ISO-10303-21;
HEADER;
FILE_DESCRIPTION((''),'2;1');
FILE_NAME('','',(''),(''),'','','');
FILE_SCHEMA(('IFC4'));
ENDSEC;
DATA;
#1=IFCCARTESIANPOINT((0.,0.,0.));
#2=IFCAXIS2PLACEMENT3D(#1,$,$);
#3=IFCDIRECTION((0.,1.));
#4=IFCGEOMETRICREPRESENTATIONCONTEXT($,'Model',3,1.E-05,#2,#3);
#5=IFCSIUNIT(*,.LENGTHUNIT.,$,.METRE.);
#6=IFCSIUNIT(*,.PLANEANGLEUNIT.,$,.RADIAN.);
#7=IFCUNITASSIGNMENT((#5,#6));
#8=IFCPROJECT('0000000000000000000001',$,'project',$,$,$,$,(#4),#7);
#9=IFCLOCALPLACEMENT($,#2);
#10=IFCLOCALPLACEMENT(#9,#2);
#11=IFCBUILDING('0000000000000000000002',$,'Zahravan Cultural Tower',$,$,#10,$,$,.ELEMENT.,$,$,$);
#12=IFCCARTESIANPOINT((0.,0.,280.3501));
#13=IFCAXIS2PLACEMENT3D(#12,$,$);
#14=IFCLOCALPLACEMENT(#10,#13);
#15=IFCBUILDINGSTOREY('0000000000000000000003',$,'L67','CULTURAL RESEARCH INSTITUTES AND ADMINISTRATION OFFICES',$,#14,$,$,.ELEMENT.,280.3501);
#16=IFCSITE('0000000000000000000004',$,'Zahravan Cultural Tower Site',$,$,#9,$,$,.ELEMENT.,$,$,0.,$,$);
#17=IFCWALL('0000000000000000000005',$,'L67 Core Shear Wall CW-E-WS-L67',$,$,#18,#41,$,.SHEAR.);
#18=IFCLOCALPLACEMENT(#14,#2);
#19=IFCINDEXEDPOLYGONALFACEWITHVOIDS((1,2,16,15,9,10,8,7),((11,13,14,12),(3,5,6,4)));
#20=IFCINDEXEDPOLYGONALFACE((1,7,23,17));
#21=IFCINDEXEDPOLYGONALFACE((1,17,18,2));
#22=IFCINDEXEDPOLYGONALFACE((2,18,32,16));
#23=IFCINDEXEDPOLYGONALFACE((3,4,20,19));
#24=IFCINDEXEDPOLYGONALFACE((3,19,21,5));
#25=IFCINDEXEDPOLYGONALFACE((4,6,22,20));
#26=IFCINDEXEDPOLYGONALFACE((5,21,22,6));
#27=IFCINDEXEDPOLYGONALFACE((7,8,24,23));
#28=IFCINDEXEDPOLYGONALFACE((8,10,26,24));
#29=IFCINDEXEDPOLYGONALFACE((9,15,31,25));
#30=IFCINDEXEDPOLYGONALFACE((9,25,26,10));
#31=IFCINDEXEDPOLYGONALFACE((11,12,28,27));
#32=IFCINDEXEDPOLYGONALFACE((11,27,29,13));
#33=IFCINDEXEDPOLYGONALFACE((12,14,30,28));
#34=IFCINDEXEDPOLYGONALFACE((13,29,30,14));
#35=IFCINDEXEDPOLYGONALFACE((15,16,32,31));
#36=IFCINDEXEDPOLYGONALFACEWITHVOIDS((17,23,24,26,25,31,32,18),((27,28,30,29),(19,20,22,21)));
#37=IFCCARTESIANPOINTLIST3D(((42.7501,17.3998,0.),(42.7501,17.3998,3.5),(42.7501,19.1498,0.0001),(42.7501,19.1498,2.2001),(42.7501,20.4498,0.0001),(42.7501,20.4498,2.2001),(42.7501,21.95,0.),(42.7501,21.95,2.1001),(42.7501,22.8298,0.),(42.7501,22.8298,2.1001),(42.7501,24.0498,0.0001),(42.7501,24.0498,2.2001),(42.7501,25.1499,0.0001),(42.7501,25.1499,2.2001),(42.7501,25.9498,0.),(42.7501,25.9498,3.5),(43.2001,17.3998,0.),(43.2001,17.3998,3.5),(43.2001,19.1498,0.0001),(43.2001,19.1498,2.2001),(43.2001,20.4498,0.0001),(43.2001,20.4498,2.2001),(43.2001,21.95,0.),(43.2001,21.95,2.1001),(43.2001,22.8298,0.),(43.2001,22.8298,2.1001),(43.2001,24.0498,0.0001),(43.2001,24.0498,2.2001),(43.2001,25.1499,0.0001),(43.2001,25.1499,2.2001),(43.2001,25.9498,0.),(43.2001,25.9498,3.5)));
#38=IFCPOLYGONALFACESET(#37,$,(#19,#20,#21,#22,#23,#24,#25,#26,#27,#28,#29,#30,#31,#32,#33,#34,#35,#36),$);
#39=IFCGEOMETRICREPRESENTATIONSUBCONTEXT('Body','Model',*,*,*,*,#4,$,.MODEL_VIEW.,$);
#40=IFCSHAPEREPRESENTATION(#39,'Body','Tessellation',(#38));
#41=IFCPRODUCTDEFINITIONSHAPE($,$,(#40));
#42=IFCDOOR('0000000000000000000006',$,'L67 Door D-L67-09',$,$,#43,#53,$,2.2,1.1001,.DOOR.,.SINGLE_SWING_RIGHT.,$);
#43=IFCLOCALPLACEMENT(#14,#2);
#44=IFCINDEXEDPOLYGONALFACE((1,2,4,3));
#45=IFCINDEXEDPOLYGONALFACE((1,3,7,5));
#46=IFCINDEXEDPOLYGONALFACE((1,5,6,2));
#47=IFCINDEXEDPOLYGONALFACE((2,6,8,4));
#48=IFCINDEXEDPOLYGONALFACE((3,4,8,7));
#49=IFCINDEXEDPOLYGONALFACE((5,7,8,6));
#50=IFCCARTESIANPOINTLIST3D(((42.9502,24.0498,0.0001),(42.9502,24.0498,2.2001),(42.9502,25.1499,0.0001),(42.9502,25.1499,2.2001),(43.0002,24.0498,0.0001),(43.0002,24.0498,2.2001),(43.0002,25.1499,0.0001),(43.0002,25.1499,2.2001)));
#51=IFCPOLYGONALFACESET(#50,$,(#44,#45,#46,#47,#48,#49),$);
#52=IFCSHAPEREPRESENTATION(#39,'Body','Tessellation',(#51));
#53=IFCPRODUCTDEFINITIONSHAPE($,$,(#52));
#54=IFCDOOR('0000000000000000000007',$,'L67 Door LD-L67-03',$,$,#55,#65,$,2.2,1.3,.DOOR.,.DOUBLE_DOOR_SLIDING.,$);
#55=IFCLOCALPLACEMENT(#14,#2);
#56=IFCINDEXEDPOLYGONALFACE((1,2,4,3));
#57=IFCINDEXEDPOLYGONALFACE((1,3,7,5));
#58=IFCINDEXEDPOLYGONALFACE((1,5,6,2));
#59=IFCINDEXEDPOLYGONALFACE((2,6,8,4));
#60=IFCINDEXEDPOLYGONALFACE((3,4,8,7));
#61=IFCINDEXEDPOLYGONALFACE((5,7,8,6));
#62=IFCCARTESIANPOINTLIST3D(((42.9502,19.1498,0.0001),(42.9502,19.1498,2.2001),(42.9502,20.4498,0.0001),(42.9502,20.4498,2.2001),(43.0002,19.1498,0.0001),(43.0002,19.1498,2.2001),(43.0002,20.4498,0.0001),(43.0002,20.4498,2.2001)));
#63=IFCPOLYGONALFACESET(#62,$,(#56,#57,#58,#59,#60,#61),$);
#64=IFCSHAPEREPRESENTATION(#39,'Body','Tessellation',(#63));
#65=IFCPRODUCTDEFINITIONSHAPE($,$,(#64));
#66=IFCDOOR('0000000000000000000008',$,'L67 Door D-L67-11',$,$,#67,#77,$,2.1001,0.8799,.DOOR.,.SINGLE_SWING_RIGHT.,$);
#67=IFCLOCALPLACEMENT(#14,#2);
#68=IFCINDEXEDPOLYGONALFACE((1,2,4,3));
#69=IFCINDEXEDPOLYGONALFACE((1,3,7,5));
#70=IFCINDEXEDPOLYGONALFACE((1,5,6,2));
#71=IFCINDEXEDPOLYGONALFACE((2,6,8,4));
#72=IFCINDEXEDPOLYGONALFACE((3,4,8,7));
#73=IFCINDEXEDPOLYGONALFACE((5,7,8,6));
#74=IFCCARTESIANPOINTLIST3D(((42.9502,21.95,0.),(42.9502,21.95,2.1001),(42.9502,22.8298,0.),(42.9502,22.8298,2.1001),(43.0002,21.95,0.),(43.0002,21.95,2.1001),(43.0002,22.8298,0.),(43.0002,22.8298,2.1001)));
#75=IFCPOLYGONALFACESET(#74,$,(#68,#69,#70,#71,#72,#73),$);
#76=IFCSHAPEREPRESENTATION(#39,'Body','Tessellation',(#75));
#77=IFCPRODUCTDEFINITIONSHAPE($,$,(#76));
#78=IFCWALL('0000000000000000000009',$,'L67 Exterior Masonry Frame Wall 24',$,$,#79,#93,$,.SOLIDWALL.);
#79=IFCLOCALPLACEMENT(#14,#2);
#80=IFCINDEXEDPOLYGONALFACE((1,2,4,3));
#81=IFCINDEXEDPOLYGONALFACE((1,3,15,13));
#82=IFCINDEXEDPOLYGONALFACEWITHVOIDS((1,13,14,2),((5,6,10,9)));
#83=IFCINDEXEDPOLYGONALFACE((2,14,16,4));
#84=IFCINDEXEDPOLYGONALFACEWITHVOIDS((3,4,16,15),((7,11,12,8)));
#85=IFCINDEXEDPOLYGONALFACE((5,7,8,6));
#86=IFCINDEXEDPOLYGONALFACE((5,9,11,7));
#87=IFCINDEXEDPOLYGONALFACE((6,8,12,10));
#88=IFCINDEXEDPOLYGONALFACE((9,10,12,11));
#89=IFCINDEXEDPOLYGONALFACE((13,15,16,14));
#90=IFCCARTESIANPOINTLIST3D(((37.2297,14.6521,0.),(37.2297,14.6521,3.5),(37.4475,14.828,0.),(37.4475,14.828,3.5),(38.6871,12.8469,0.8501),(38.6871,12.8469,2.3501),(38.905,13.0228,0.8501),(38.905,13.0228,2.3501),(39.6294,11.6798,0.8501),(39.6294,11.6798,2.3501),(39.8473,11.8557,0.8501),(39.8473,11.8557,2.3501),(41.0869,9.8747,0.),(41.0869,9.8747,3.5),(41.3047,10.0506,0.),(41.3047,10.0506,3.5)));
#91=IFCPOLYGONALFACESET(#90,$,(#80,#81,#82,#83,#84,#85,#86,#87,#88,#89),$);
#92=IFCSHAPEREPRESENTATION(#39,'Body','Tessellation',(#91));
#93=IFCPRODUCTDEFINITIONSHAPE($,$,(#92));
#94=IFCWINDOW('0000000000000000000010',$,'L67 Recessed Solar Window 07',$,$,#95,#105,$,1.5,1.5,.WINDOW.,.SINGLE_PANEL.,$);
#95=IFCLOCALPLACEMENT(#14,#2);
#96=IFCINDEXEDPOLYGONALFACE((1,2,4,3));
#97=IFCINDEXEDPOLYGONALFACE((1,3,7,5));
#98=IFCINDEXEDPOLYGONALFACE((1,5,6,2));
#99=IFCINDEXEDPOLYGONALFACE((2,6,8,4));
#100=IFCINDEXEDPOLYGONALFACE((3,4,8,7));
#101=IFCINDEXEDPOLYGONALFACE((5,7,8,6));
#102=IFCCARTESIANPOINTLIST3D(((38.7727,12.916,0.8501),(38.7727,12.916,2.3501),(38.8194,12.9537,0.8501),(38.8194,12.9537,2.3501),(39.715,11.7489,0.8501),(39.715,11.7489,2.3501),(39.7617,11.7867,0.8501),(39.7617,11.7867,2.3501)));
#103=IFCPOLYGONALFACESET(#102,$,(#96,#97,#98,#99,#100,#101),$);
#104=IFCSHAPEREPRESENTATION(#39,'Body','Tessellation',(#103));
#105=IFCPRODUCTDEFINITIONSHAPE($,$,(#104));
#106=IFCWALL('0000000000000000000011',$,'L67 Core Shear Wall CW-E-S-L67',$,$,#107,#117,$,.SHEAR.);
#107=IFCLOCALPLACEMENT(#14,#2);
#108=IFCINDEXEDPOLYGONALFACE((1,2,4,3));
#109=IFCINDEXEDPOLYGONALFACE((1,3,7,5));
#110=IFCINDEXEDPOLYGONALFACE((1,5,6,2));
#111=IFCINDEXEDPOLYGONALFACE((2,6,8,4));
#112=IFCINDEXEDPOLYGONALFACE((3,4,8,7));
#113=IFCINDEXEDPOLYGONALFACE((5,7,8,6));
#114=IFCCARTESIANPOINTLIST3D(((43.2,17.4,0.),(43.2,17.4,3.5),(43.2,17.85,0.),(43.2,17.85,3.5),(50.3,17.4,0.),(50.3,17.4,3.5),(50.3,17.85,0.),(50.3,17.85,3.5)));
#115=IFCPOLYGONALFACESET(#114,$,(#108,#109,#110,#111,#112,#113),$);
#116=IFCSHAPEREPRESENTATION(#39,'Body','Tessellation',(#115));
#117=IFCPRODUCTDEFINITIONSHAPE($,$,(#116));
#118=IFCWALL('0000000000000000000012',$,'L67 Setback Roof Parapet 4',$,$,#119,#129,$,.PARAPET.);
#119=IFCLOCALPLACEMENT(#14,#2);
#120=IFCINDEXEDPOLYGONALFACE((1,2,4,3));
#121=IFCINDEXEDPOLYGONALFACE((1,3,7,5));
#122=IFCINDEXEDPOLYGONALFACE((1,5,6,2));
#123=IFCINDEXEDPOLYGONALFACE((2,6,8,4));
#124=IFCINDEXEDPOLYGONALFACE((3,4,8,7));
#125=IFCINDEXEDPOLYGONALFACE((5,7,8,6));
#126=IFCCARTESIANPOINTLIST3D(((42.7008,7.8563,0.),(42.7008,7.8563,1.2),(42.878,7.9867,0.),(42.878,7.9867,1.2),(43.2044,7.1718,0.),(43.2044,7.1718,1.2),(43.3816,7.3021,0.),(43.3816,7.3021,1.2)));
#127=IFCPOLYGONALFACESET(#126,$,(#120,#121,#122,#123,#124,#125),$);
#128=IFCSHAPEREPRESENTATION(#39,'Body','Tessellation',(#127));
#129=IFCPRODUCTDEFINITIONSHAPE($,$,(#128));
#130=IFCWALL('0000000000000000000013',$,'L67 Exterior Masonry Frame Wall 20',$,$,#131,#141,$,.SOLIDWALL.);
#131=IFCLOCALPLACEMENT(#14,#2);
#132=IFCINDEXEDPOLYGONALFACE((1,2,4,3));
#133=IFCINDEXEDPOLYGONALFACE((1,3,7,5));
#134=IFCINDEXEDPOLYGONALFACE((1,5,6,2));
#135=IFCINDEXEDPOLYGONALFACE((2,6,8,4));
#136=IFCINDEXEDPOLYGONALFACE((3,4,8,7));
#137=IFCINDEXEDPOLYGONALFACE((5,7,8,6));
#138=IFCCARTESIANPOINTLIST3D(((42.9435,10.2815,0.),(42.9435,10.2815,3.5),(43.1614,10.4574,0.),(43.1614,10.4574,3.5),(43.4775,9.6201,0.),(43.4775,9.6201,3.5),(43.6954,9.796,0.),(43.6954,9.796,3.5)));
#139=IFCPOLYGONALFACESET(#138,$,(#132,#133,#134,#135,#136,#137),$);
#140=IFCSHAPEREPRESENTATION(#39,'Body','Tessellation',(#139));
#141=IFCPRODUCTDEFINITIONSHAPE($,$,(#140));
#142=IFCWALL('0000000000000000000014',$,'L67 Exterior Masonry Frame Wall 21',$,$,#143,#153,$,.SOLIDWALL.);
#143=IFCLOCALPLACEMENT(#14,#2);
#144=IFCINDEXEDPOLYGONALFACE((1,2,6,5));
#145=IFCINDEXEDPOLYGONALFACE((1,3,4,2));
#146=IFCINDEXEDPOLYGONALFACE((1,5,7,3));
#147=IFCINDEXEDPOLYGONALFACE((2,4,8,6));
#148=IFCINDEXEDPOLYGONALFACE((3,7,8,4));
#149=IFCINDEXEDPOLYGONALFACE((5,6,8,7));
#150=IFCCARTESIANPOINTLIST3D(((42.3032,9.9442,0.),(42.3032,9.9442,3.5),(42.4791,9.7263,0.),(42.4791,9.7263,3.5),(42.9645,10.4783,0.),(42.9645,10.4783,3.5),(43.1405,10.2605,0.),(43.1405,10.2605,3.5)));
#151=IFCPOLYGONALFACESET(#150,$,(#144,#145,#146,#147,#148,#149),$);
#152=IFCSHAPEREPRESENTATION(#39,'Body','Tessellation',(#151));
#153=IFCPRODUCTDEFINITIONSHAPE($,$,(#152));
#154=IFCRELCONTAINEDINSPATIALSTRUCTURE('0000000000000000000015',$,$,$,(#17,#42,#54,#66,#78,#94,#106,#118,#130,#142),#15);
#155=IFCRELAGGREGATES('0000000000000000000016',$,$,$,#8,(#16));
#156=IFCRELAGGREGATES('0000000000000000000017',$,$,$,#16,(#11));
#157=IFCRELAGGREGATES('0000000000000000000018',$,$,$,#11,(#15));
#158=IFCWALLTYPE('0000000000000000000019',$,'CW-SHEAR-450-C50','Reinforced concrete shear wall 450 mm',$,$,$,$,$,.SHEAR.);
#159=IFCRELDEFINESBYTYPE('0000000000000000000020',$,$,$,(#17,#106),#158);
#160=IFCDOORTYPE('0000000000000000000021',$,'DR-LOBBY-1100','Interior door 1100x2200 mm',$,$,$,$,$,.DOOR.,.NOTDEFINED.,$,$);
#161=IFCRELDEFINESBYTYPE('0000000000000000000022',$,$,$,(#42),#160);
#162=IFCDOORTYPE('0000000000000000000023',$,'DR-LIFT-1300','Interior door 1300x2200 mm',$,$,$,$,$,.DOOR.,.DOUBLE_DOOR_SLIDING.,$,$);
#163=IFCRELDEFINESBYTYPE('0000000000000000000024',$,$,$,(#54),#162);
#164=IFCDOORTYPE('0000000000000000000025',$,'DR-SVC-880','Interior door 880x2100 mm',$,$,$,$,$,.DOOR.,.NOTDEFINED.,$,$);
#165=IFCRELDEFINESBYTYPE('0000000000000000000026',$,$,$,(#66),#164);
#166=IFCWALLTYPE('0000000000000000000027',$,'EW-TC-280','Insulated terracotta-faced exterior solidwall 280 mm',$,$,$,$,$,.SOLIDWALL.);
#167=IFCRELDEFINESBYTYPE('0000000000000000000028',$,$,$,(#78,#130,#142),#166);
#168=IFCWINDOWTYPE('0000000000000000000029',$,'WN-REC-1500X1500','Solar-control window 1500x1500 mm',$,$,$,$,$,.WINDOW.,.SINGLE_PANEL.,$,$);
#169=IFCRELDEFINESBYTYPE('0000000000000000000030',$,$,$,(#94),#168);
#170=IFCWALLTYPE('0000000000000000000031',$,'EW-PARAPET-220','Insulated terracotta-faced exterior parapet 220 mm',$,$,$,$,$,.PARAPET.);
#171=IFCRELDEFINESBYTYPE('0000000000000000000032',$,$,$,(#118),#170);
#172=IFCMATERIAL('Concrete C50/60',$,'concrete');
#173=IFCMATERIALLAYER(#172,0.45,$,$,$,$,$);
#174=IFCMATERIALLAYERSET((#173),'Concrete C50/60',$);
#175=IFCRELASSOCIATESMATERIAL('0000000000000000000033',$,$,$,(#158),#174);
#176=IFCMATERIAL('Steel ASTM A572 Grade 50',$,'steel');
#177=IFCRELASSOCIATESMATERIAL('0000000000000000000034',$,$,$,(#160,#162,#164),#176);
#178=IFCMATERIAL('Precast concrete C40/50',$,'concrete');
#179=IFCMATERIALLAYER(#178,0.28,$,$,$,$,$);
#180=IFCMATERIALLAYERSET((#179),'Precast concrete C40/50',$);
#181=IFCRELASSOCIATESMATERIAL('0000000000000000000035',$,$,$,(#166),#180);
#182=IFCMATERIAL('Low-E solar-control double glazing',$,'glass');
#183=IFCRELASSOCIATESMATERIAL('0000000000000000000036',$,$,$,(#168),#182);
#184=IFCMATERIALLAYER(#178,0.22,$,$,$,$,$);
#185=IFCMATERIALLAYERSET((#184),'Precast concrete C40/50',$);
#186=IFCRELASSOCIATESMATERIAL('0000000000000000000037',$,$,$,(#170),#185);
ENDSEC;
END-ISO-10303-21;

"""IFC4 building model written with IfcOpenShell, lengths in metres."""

from ifc_helpers import new_model, si_unit, direction, frame, frame_2d, origin, place, context, subcontext, project, spatial, rectangle, extrude, source, transform, mapped, material, layer, layer_set, type_object, element, fill, save


model = new_model("IFC4")

# Units and contexts
model_context = context("Model", 3, precision=1e-05, world=origin(), true_north=direction((0.0, 1.0)))
body_context = subcontext(model_context, "Body", "Model", "MODEL_VIEW")
ifc_project = project(units=[si_unit("LENGTHUNIT", "METRE"), si_unit("PLANEANGLEUNIT", "RADIAN")], contexts=[model_context])

# Site, building, storey
site_placement = place(None, origin())
site = spatial("IfcSite", under=ifc_project, at=site_placement, Name="Zahravan Cultural Tower Site", CompositionType="ELEMENT", RefElevation=0.0)
building_placement = place(site_placement, origin())
building = spatial("IfcBuilding", under=site, at=building_placement, Name="Zahravan Cultural Tower", CompositionType="ELEMENT")
storey_placement = place(building_placement, frame((0.0, 0.0, 280.3501)))
storey = spatial("IfcBuildingStorey", under=building, at=storey_placement, Name="L67", Description="CULTURAL RESEARCH INSTITUTES AND ADMINISTRATION OFFICES", CompositionType="ELEMENT", Elevation=280.3501)

# Shared definitions
ifc_material_1 = material(Name="Concrete C50/60", Category="concrete")

# Wall, openings, doors
ifc_layer_1 = layer(ifc_material_1, 0.45)
ifc_layer_set_1 = layer_set([ifc_layer_1], Name="Concrete C50/60")
wall_type_1 = type_object("IfcWallType", Name="CW-SHEAR-450-C50", Description="Reinforced concrete shear wall 450 mm", PredefinedType="SHEAR", material=ifc_layer_set_1)
wall_1_placement = place(storey_placement, frame((42.9751, 17.3999, 0.0), z_axis=(0.0, 0.0, 1.0), x_axis=(0.0, 1.0, 0.0)))
wall_1 = element("IfcWall", 1, at=wall_1_placement, inside=storey, type_object=wall_type_1, Name="L67 Core Shear Wall CW-E-WS-L67", PredefinedType="SHEAR", context=body_context, shape_type="SweptSolid", body=[
    extrude(rectangle(XDim=8.55, YDim=0.45, at=frame_2d((4.2749, 0.0))), origin(), (0.0, 0.0, 1.0), 3.5),
])
opening_1_placement = place(wall_1_placement, frame((6.6499, 0.0, 0.0)))
opening_1 = element("IfcOpeningElement", 2, at=opening_1_placement, cuts=wall_1, PredefinedType="OPENING", context=body_context, shape_type="SweptSolid", body=[
    extrude(rectangle(XDim=1.1001, YDim=2.2, at=frame_2d((0.55, 1.1001))), frame((0.0, 0.2349, 0.0), z_axis=(0.0, -1.0, 0.0), x_axis=(1.0, 0.0, 0.0)), (0.0, 0.0, 1.0), 0.47),
])
opening_2_placement = place(wall_1_placement, frame((1.75, 0.0, 0.0)))
opening_2 = element("IfcOpeningElement", 3, at=opening_2_placement, cuts=wall_1, PredefinedType="OPENING", context=body_context, shape_type="SweptSolid", body=[
    extrude(rectangle(XDim=1.3, YDim=2.2, at=frame_2d((0.6499, 1.1001))), frame((0.0, 0.2349, 0.0), z_axis=(0.0, -1.0, 0.0), x_axis=(1.0, 0.0, 0.0)), (0.0, 0.0, 1.0), 0.47),
])
opening_3_placement = place(wall_1_placement, frame((4.55, 0.0, 0.0)))
opening_3 = element("IfcOpeningElement", 4, at=opening_3_placement, cuts=wall_1, PredefinedType="OPENING", context=body_context, shape_type="SweptSolid", body=[
    extrude(rectangle(XDim=0.8799, YDim=2.1001, at=frame_2d((0.4399, 1.05))), frame((0.0, 0.2349, 0.0), z_axis=(0.0, -1.0, 0.0), x_axis=(1.0, 0.0, 0.0)), (0.0, 0.0, 1.0), 0.47),
])
ifc_material_2 = material(Name="Steel ASTM A572 Grade 50", Category="steel")
door_type_1 = type_object("IfcDoorType", Name="DR-LOBBY-1100", Description="Interior door 1100x2200 mm", OperationType="NOTDEFINED", PredefinedType="DOOR", material=ifc_material_2)
shared_shape_1 = source(origin(), body_context, "Body", "SweptSolid", [
    extrude(rectangle(XDim=1.1001, YDim=2.2, at=frame_2d((0.55, 1.1001))), frame((0.0, 0.0249, 0.0), z_axis=(0.0, -1.0, 0.0), x_axis=(1.0, 0.0, 0.0)), (0.0, 0.0, 1.0), 0.05),
])
door_1_placement = place(opening_1_placement, origin())
door_1 = element("IfcDoor", 5, at=door_1_placement, inside=storey, type_object=door_type_1, Name="L67 Door D-L67-09", OperationType="SINGLE_SWING_RIGHT", OverallHeight=2.2, OverallWidth=1.1001, PredefinedType="DOOR", context=body_context, shape_type="MappedRepresentation", body=[
    mapped(shared_shape_1, transform((0.0, 0.0, 0.0), x_axis=(1.0, 0.0, 0.0), y_axis=(0.0, 1.0, 0.0), z_axis=(0.0, 0.0, 1.0), scale=1.0)),
])
fill(opening_1, door_1)
door_type_2 = type_object("IfcDoorType", Name="DR-LIFT-1300", Description="Interior door 1300x2200 mm", OperationType="DOUBLE_DOOR_SLIDING", PredefinedType="DOOR", material=ifc_material_2)
shared_shape_2 = source(origin(), body_context, "Body", "SweptSolid", [
    extrude(rectangle(XDim=1.3, YDim=2.2, at=frame_2d((0.6499, 1.1001))), frame((0.0, 0.0249, 0.0), z_axis=(0.0, -1.0, 0.0), x_axis=(1.0, 0.0, 0.0)), (0.0, 0.0, 1.0), 0.05),
])
door_2_placement = place(opening_2_placement, origin())
door_2 = element("IfcDoor", 6, at=door_2_placement, inside=storey, type_object=door_type_2, Name="L67 Door LD-L67-03", OperationType="DOUBLE_DOOR_SLIDING", OverallHeight=2.2, OverallWidth=1.3, PredefinedType="DOOR", context=body_context, shape_type="MappedRepresentation", body=[
    mapped(shared_shape_2, transform((0.0, 0.0, 0.0), x_axis=(1.0, 0.0, 0.0), y_axis=(0.0, 1.0, 0.0), z_axis=(0.0, 0.0, 1.0), scale=1.0)),
])
fill(opening_2, door_2)
door_type_3 = type_object("IfcDoorType", Name="DR-SVC-880", Description="Interior door 880x2100 mm", OperationType="NOTDEFINED", PredefinedType="DOOR", material=ifc_material_2)
shared_shape_3 = source(origin(), body_context, "Body", "SweptSolid", [
    extrude(rectangle(XDim=0.8799, YDim=2.1001, at=frame_2d((0.4399, 1.05))), frame((0.0, 0.0249, 0.0), z_axis=(0.0, -1.0, 0.0), x_axis=(1.0, 0.0, 0.0)), (0.0, 0.0, 1.0), 0.05),
])
door_3_placement = place(opening_3_placement, origin())
door_3 = element("IfcDoor", 7, at=door_3_placement, inside=storey, type_object=door_type_3, Name="L67 Door D-L67-11", OperationType="SINGLE_SWING_RIGHT", OverallHeight=2.1001, OverallWidth=0.8799, PredefinedType="DOOR", context=body_context, shape_type="MappedRepresentation", body=[
    mapped(shared_shape_3, transform((0.0, 0.0, 0.0), x_axis=(1.0, 0.0, 0.0), y_axis=(0.0, 1.0, 0.0), z_axis=(0.0, 0.0, 1.0), scale=1.0)),
])
fill(opening_3, door_3)

# Wall, opening, window
ifc_material_3 = material(Name="Precast concrete C40/50", Category="concrete")
ifc_layer_2 = layer(ifc_material_3, 0.28)
ifc_layer_set_2 = layer_set([ifc_layer_2], Name="Precast concrete C40/50")
wall_type_2 = type_object("IfcWallType", Name="EW-TC-280", Description="Insulated terracotta-faced exterior solidwall 280 mm", PredefinedType="SOLIDWALL", material=ifc_layer_set_2)
wall_2_placement = place(storey_placement, frame((41.1958, 9.9626, 0.0), z_axis=(0.0, 0.0, 1.0), x_axis=(-0.628195, 0.778056, 0.0)))
wall_2 = element("IfcWall", 8, at=wall_2_placement, inside=storey, type_object=wall_type_2, Name="L67 Exterior Masonry Frame Wall 24", PredefinedType="SOLIDWALL", context=body_context, shape_type="SweptSolid", body=[
    extrude(rectangle(XDim=6.1401, YDim=0.28, at=frame_2d((3.0701, 0.0))), origin(), (0.0, 0.0, 1.0), 3.5),
])
opening_4_placement = place(wall_2_placement, frame((2.3201, 0.0, 0.8501)))
opening_4 = element("IfcOpeningElement", 9, at=opening_4_placement, cuts=wall_2, PredefinedType="OPENING", context=body_context, shape_type="SweptSolid", body=[
    extrude(rectangle(XDim=1.5, YDim=1.5, at=frame_2d((0.75, 0.75))), frame((0.0, 0.1499, 0.0), z_axis=(0.0, -1.0, 0.0), x_axis=(1.0, 0.0, 0.0)), (0.0, 0.0, 1.0), 0.3),
])
ifc_material_4 = material(Name="Low-E solar-control double glazing", Category="glass")
window_type = type_object("IfcWindowType", Name="WN-REC-1500X1500", Description="Solar-control window 1500x1500 mm", PartitioningType="SINGLE_PANEL", PredefinedType="WINDOW", material=ifc_material_4)
shared_shape_4 = source(origin(), body_context, "Body", "SweptSolid", [
    extrude(rectangle(XDim=1.5, YDim=1.5, at=frame_2d((0.75, 0.75))), frame((0.0, 0.03, 0.0), z_axis=(0.0, -1.0, 0.0), x_axis=(1.0, 0.0, 0.0)), (0.0, 0.0, 1.0), 0.0601),
])
window_placement = place(opening_4_placement, origin())
window = element("IfcWindow", 10, at=window_placement, inside=storey, type_object=window_type, Name="L67 Recessed Solar Window 07", OverallHeight=1.5, OverallWidth=1.5, PartitioningType="SINGLE_PANEL", PredefinedType="WINDOW", context=body_context, shape_type="MappedRepresentation", body=[
    mapped(shared_shape_4, transform((0.0, 0.0, 0.0), x_axis=(1.0, 0.0, 0.0), y_axis=(0.0, 1.0, 0.0), z_axis=(0.0, 0.0, 1.0), scale=1.0)),
])
fill(opening_4, window)

# Walls
shared_shape_5 = source(origin(), body_context, "Body", "SweptSolid", [
    extrude(rectangle(XDim=7.1001, YDim=0.45, at=frame_2d((3.55, 0.0))), origin(), (0.0, 0.0, 1.0), 3.5),
])
wall_3_placement = place(storey_placement, frame((43.2, 17.625, 0.0), z_axis=(0.0, 0.0, 1.0), x_axis=(1.0, 0.0, 0.0)))
element("IfcWall", 11, at=wall_3_placement, inside=storey, type_object=wall_type_1, Name="L67 Core Shear Wall CW-E-S-L67", PredefinedType="SHEAR", context=body_context, shape_type="MappedRepresentation", body=[
    mapped(shared_shape_5, transform((0.0, 0.0, 0.0), x_axis=(1.0, 0.0, 0.0), y_axis=(0.0, 1.0, 0.0), z_axis=(0.0, 0.0, 1.0), scale=1.0)),
])
ifc_layer_3 = layer(ifc_material_3, 0.22)
ifc_layer_set_3 = layer_set([ifc_layer_3], Name="Precast concrete C40/50")
wall_type_3 = type_object("IfcWallType", Name="EW-PARAPET-220", Description="Insulated terracotta-faced exterior parapet 220 mm", PredefinedType="PARAPET", material=ifc_layer_set_3)
shared_shape_6 = source(origin(), body_context, "Body", "SweptSolid", [
    extrude(rectangle(XDim=0.8499, YDim=0.22, at=frame_2d((0.4248, 0.0))), origin(), (0.0, 0.0, 1.0), 1.2),
])
wall_4_placement = place(storey_placement, frame((43.293, 7.2371, 0.0), z_axis=(0.0, 0.0, 1.0), x_axis=(-0.592621, 0.805482, 0.0)))
element("IfcWall", 12, at=wall_4_placement, inside=storey, type_object=wall_type_3, Name="L67 Setback Roof Parapet 4", PredefinedType="PARAPET", context=body_context, shape_type="MappedRepresentation", body=[
    mapped(shared_shape_6, transform((0.0, 0.0, 0.0), x_axis=(1.0, 0.0, 0.0), y_axis=(0.0, 1.0, 0.0), z_axis=(0.0, 0.0, 1.0), scale=1.0)),
])
shared_shape_7 = source(origin(), body_context, "Body", "SweptSolid", [
    extrude(rectangle(XDim=0.8501, YDim=0.28, at=frame_2d((0.425, 0.0))), origin(), (0.0, 0.0, 1.0), 3.5),
])
for number, where, z_axis, x_axis, name in (
    (13, (43.5864, 9.708, 0.0), (0.0, 0.0, 1.0), (-0.628157, 0.778087, 0.0), "L67 Exterior Masonry Frame Wall 20"),
    (14, (43.0525, 10.3694, 0.0), (0.0, 0.0, 1.0), (-0.777947, -0.62833, 0.0), "L67 Exterior Masonry Frame Wall 21"),
):
    element("IfcWall", number, at=place(storey_placement, frame(where, z_axis=z_axis, x_axis=x_axis)), inside=storey, type_object=wall_type_2, Name=name, PredefinedType="SOLIDWALL", context=body_context, shape_type="MappedRepresentation", body=[
        mapped(shared_shape_7, transform((0.0, 0.0, 0.0), x_axis=(1.0, 0.0, 0.0), y_axis=(0.0, 1.0, 0.0), z_axis=(0.0, 0.0, 1.0), scale=1.0)),
    ])

save(model, "model.ifc")
